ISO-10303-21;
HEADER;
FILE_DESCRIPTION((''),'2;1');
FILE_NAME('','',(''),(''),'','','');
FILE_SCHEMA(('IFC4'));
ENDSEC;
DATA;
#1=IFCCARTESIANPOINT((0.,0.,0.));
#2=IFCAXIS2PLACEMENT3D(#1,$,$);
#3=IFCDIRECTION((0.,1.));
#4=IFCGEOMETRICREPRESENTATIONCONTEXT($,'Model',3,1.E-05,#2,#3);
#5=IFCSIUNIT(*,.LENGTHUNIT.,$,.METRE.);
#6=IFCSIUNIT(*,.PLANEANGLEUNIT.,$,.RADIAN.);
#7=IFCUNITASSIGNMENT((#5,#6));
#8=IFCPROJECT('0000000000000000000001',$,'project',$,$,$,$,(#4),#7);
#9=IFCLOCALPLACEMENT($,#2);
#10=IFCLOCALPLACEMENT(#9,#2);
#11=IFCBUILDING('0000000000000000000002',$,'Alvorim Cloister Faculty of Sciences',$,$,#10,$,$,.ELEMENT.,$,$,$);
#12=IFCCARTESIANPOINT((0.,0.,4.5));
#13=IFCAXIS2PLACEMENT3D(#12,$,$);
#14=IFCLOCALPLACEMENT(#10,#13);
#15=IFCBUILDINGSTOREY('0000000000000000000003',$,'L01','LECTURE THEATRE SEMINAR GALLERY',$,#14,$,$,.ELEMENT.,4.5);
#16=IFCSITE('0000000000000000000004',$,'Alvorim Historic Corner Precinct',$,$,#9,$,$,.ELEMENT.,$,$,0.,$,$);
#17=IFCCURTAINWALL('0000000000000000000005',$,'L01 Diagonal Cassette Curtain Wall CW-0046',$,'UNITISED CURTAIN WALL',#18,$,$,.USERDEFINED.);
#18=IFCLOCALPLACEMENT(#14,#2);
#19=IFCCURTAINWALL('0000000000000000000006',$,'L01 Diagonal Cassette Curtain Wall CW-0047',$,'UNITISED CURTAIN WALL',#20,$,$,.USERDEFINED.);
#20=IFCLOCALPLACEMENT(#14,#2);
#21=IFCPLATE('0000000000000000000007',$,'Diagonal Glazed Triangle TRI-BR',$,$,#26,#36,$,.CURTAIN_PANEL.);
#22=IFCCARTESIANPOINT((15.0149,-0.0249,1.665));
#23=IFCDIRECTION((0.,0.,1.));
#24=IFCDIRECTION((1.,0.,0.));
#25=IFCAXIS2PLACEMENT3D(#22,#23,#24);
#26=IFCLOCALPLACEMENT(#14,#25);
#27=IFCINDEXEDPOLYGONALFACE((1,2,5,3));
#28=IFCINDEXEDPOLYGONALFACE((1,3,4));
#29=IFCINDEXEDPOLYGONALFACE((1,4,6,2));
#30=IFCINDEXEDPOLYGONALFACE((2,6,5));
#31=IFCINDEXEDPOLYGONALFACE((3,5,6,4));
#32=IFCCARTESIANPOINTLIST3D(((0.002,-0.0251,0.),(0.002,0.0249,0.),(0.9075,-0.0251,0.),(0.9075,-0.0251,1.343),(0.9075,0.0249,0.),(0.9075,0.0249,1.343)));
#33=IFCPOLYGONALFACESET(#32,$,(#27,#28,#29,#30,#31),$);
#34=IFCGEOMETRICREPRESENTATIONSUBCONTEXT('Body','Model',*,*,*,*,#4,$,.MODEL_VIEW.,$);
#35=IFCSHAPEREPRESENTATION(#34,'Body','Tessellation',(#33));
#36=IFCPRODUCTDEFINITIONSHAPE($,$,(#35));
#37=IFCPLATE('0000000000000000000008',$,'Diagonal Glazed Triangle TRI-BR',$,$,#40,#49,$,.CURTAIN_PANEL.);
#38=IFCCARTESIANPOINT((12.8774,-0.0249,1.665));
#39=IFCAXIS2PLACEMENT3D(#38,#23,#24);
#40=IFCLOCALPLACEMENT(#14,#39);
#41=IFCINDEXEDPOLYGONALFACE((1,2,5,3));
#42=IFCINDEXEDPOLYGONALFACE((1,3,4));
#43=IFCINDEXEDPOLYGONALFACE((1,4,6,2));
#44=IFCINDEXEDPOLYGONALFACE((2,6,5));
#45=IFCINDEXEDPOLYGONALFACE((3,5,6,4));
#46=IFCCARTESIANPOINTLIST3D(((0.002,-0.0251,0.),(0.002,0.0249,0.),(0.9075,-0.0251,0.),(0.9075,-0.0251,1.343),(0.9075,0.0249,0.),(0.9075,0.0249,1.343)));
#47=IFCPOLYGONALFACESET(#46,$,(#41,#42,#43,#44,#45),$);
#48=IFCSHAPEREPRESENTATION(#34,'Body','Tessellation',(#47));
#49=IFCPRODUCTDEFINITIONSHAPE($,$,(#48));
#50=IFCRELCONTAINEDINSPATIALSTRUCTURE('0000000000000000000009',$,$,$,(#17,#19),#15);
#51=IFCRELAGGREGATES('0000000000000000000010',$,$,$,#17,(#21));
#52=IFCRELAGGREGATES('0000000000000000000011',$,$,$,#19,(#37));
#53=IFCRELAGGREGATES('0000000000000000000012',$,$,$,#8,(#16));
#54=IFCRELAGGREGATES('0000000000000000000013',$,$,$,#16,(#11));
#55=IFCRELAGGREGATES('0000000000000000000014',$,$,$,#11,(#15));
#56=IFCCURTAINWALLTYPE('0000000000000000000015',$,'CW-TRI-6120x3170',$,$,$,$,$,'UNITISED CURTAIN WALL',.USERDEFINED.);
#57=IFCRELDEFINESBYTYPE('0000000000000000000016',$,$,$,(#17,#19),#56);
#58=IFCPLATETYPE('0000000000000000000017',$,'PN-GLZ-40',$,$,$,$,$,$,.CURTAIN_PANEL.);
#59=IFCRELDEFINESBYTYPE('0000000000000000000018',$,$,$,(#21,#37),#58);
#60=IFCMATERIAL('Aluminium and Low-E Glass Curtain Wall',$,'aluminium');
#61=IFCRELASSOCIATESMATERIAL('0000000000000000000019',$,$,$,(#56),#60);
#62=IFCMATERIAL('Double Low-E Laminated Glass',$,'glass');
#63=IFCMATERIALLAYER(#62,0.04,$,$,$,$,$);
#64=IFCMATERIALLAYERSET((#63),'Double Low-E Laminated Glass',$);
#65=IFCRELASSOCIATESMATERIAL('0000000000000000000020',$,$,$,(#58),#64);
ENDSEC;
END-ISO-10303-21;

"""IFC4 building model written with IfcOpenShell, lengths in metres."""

from ifc_helpers import new_model, si_unit, direction, frame, origin, place, context, subcontext, project, spatial, polyline, outline, extrude, material, layer, layer_set, type_object, element, aggregate, save


model = new_model("IFC4")

# Units and contexts
model_context = context("Model", 3, precision=1e-05, world=origin(), true_north=direction((0.0, 1.0)))
body_context = subcontext(model_context, "Body", "Model", "MODEL_VIEW")
ifc_project = project(units=[si_unit("LENGTHUNIT", "METRE"), si_unit("PLANEANGLEUNIT", "RADIAN")], contexts=[model_context])

# Site, building, storey
site_placement = place(None, origin())
site = spatial("IfcSite", under=ifc_project, at=site_placement, Name="Alvorim Historic Corner Precinct", CompositionType="ELEMENT", RefElevation=0.0)
building_placement = place(site_placement, origin())
building = spatial("IfcBuilding", under=site, at=building_placement, Name="Alvorim Cloister Faculty of Sciences", CompositionType="ELEMENT")
storey_placement = place(building_placement, frame((0.0, 0.0, 4.5)))
storey = spatial("IfcBuildingStorey", under=building, at=storey_placement, Name="L01", Description="LECTURE THEATRE SEMINAR GALLERY", CompositionType="ELEMENT", Elevation=4.5)

# Curtain walls
ifc_material_1 = material(Name="Aluminium and Low-E Glass Curtain Wall", Category="aluminium")
curtain_wall_type = type_object("IfcCurtainWallType", Name="CW-TRI-6120x3170", ElementType="UNITISED CURTAIN WALL", PredefinedType="USERDEFINED", material=ifc_material_1)
curtain_wall_1_placement = place(storey_placement, origin())
curtain_wall_1 = element("IfcCurtainWall", 1, at=curtain_wall_1_placement, inside=storey, type_object=curtain_wall_type, Name="L01 Diagonal Cassette Curtain Wall CW-0046", ObjectType="UNITISED CURTAIN WALL", PredefinedType="USERDEFINED")
curtain_wall_2_placement = place(storey_placement, origin())
curtain_wall_2 = element("IfcCurtainWall", 2, at=curtain_wall_2_placement, inside=storey, type_object=curtain_wall_type, Name="L01 Diagonal Cassette Curtain Wall CW-0047", ObjectType="UNITISED CURTAIN WALL", PredefinedType="USERDEFINED")

# Plates
ifc_material_2 = material(Name="Double Low-E Laminated Glass", Category="glass")
ifc_layer_1 = layer(ifc_material_2, 0.04)
ifc_layer_set_1 = layer_set([ifc_layer_1], Name="Double Low-E Laminated Glass")
plate_type = type_object("IfcPlateType", Name="PN-GLZ-40", PredefinedType="CURTAIN_PANEL", material=ifc_layer_set_1)
plate_1_placement = place(storey_placement, frame((15.0149, -0.0249, 1.665), z_axis=(0.0, 0.0, 1.0), x_axis=(1.0, 0.0, 0.0)))
plate_1 = element("IfcPlate", 3, at=plate_1_placement, type_object=plate_type, Name="Diagonal Glazed Triangle TRI-BR", PredefinedType="CURTAIN_PANEL", context=body_context, shape_type="SweptSolid", body=[
    extrude(outline(polyline([(0.002, 0.0), (0.9075, 0.0), (0.9075, 1.343), (0.002, 0.0)])), frame((0.0, 0.0249, 0.0), z_axis=(0.0, -1.0, 0.0), x_axis=(1.0, 0.0, 0.0)), (0.0, 0.0, 1.0), 0.05),
])
aggregate(curtain_wall_1, [plate_1])
plate_2_placement = place(storey_placement, frame((12.8774, -0.0249, 1.665), z_axis=(0.0, 0.0, 1.0), x_axis=(1.0, 0.0, 0.0)))
plate_2 = element("IfcPlate", 4, at=plate_2_placement, type_object=plate_type, Name="Diagonal Glazed Triangle TRI-BR", PredefinedType="CURTAIN_PANEL", context=body_context, shape_type="SweptSolid", body=[
    extrude(outline(polyline([(0.002, 0.0), (0.9075, 0.0), (0.9075, 1.343), (0.002, 0.0)])), frame((0.0, 0.0249, 0.0), z_axis=(0.0, -1.0, 0.0), x_axis=(1.0, 0.0, 0.0)), (0.0, 0.0, 1.0), 0.05),
])
aggregate(curtain_wall_2, [plate_2])

save(model, "model.ifc")
